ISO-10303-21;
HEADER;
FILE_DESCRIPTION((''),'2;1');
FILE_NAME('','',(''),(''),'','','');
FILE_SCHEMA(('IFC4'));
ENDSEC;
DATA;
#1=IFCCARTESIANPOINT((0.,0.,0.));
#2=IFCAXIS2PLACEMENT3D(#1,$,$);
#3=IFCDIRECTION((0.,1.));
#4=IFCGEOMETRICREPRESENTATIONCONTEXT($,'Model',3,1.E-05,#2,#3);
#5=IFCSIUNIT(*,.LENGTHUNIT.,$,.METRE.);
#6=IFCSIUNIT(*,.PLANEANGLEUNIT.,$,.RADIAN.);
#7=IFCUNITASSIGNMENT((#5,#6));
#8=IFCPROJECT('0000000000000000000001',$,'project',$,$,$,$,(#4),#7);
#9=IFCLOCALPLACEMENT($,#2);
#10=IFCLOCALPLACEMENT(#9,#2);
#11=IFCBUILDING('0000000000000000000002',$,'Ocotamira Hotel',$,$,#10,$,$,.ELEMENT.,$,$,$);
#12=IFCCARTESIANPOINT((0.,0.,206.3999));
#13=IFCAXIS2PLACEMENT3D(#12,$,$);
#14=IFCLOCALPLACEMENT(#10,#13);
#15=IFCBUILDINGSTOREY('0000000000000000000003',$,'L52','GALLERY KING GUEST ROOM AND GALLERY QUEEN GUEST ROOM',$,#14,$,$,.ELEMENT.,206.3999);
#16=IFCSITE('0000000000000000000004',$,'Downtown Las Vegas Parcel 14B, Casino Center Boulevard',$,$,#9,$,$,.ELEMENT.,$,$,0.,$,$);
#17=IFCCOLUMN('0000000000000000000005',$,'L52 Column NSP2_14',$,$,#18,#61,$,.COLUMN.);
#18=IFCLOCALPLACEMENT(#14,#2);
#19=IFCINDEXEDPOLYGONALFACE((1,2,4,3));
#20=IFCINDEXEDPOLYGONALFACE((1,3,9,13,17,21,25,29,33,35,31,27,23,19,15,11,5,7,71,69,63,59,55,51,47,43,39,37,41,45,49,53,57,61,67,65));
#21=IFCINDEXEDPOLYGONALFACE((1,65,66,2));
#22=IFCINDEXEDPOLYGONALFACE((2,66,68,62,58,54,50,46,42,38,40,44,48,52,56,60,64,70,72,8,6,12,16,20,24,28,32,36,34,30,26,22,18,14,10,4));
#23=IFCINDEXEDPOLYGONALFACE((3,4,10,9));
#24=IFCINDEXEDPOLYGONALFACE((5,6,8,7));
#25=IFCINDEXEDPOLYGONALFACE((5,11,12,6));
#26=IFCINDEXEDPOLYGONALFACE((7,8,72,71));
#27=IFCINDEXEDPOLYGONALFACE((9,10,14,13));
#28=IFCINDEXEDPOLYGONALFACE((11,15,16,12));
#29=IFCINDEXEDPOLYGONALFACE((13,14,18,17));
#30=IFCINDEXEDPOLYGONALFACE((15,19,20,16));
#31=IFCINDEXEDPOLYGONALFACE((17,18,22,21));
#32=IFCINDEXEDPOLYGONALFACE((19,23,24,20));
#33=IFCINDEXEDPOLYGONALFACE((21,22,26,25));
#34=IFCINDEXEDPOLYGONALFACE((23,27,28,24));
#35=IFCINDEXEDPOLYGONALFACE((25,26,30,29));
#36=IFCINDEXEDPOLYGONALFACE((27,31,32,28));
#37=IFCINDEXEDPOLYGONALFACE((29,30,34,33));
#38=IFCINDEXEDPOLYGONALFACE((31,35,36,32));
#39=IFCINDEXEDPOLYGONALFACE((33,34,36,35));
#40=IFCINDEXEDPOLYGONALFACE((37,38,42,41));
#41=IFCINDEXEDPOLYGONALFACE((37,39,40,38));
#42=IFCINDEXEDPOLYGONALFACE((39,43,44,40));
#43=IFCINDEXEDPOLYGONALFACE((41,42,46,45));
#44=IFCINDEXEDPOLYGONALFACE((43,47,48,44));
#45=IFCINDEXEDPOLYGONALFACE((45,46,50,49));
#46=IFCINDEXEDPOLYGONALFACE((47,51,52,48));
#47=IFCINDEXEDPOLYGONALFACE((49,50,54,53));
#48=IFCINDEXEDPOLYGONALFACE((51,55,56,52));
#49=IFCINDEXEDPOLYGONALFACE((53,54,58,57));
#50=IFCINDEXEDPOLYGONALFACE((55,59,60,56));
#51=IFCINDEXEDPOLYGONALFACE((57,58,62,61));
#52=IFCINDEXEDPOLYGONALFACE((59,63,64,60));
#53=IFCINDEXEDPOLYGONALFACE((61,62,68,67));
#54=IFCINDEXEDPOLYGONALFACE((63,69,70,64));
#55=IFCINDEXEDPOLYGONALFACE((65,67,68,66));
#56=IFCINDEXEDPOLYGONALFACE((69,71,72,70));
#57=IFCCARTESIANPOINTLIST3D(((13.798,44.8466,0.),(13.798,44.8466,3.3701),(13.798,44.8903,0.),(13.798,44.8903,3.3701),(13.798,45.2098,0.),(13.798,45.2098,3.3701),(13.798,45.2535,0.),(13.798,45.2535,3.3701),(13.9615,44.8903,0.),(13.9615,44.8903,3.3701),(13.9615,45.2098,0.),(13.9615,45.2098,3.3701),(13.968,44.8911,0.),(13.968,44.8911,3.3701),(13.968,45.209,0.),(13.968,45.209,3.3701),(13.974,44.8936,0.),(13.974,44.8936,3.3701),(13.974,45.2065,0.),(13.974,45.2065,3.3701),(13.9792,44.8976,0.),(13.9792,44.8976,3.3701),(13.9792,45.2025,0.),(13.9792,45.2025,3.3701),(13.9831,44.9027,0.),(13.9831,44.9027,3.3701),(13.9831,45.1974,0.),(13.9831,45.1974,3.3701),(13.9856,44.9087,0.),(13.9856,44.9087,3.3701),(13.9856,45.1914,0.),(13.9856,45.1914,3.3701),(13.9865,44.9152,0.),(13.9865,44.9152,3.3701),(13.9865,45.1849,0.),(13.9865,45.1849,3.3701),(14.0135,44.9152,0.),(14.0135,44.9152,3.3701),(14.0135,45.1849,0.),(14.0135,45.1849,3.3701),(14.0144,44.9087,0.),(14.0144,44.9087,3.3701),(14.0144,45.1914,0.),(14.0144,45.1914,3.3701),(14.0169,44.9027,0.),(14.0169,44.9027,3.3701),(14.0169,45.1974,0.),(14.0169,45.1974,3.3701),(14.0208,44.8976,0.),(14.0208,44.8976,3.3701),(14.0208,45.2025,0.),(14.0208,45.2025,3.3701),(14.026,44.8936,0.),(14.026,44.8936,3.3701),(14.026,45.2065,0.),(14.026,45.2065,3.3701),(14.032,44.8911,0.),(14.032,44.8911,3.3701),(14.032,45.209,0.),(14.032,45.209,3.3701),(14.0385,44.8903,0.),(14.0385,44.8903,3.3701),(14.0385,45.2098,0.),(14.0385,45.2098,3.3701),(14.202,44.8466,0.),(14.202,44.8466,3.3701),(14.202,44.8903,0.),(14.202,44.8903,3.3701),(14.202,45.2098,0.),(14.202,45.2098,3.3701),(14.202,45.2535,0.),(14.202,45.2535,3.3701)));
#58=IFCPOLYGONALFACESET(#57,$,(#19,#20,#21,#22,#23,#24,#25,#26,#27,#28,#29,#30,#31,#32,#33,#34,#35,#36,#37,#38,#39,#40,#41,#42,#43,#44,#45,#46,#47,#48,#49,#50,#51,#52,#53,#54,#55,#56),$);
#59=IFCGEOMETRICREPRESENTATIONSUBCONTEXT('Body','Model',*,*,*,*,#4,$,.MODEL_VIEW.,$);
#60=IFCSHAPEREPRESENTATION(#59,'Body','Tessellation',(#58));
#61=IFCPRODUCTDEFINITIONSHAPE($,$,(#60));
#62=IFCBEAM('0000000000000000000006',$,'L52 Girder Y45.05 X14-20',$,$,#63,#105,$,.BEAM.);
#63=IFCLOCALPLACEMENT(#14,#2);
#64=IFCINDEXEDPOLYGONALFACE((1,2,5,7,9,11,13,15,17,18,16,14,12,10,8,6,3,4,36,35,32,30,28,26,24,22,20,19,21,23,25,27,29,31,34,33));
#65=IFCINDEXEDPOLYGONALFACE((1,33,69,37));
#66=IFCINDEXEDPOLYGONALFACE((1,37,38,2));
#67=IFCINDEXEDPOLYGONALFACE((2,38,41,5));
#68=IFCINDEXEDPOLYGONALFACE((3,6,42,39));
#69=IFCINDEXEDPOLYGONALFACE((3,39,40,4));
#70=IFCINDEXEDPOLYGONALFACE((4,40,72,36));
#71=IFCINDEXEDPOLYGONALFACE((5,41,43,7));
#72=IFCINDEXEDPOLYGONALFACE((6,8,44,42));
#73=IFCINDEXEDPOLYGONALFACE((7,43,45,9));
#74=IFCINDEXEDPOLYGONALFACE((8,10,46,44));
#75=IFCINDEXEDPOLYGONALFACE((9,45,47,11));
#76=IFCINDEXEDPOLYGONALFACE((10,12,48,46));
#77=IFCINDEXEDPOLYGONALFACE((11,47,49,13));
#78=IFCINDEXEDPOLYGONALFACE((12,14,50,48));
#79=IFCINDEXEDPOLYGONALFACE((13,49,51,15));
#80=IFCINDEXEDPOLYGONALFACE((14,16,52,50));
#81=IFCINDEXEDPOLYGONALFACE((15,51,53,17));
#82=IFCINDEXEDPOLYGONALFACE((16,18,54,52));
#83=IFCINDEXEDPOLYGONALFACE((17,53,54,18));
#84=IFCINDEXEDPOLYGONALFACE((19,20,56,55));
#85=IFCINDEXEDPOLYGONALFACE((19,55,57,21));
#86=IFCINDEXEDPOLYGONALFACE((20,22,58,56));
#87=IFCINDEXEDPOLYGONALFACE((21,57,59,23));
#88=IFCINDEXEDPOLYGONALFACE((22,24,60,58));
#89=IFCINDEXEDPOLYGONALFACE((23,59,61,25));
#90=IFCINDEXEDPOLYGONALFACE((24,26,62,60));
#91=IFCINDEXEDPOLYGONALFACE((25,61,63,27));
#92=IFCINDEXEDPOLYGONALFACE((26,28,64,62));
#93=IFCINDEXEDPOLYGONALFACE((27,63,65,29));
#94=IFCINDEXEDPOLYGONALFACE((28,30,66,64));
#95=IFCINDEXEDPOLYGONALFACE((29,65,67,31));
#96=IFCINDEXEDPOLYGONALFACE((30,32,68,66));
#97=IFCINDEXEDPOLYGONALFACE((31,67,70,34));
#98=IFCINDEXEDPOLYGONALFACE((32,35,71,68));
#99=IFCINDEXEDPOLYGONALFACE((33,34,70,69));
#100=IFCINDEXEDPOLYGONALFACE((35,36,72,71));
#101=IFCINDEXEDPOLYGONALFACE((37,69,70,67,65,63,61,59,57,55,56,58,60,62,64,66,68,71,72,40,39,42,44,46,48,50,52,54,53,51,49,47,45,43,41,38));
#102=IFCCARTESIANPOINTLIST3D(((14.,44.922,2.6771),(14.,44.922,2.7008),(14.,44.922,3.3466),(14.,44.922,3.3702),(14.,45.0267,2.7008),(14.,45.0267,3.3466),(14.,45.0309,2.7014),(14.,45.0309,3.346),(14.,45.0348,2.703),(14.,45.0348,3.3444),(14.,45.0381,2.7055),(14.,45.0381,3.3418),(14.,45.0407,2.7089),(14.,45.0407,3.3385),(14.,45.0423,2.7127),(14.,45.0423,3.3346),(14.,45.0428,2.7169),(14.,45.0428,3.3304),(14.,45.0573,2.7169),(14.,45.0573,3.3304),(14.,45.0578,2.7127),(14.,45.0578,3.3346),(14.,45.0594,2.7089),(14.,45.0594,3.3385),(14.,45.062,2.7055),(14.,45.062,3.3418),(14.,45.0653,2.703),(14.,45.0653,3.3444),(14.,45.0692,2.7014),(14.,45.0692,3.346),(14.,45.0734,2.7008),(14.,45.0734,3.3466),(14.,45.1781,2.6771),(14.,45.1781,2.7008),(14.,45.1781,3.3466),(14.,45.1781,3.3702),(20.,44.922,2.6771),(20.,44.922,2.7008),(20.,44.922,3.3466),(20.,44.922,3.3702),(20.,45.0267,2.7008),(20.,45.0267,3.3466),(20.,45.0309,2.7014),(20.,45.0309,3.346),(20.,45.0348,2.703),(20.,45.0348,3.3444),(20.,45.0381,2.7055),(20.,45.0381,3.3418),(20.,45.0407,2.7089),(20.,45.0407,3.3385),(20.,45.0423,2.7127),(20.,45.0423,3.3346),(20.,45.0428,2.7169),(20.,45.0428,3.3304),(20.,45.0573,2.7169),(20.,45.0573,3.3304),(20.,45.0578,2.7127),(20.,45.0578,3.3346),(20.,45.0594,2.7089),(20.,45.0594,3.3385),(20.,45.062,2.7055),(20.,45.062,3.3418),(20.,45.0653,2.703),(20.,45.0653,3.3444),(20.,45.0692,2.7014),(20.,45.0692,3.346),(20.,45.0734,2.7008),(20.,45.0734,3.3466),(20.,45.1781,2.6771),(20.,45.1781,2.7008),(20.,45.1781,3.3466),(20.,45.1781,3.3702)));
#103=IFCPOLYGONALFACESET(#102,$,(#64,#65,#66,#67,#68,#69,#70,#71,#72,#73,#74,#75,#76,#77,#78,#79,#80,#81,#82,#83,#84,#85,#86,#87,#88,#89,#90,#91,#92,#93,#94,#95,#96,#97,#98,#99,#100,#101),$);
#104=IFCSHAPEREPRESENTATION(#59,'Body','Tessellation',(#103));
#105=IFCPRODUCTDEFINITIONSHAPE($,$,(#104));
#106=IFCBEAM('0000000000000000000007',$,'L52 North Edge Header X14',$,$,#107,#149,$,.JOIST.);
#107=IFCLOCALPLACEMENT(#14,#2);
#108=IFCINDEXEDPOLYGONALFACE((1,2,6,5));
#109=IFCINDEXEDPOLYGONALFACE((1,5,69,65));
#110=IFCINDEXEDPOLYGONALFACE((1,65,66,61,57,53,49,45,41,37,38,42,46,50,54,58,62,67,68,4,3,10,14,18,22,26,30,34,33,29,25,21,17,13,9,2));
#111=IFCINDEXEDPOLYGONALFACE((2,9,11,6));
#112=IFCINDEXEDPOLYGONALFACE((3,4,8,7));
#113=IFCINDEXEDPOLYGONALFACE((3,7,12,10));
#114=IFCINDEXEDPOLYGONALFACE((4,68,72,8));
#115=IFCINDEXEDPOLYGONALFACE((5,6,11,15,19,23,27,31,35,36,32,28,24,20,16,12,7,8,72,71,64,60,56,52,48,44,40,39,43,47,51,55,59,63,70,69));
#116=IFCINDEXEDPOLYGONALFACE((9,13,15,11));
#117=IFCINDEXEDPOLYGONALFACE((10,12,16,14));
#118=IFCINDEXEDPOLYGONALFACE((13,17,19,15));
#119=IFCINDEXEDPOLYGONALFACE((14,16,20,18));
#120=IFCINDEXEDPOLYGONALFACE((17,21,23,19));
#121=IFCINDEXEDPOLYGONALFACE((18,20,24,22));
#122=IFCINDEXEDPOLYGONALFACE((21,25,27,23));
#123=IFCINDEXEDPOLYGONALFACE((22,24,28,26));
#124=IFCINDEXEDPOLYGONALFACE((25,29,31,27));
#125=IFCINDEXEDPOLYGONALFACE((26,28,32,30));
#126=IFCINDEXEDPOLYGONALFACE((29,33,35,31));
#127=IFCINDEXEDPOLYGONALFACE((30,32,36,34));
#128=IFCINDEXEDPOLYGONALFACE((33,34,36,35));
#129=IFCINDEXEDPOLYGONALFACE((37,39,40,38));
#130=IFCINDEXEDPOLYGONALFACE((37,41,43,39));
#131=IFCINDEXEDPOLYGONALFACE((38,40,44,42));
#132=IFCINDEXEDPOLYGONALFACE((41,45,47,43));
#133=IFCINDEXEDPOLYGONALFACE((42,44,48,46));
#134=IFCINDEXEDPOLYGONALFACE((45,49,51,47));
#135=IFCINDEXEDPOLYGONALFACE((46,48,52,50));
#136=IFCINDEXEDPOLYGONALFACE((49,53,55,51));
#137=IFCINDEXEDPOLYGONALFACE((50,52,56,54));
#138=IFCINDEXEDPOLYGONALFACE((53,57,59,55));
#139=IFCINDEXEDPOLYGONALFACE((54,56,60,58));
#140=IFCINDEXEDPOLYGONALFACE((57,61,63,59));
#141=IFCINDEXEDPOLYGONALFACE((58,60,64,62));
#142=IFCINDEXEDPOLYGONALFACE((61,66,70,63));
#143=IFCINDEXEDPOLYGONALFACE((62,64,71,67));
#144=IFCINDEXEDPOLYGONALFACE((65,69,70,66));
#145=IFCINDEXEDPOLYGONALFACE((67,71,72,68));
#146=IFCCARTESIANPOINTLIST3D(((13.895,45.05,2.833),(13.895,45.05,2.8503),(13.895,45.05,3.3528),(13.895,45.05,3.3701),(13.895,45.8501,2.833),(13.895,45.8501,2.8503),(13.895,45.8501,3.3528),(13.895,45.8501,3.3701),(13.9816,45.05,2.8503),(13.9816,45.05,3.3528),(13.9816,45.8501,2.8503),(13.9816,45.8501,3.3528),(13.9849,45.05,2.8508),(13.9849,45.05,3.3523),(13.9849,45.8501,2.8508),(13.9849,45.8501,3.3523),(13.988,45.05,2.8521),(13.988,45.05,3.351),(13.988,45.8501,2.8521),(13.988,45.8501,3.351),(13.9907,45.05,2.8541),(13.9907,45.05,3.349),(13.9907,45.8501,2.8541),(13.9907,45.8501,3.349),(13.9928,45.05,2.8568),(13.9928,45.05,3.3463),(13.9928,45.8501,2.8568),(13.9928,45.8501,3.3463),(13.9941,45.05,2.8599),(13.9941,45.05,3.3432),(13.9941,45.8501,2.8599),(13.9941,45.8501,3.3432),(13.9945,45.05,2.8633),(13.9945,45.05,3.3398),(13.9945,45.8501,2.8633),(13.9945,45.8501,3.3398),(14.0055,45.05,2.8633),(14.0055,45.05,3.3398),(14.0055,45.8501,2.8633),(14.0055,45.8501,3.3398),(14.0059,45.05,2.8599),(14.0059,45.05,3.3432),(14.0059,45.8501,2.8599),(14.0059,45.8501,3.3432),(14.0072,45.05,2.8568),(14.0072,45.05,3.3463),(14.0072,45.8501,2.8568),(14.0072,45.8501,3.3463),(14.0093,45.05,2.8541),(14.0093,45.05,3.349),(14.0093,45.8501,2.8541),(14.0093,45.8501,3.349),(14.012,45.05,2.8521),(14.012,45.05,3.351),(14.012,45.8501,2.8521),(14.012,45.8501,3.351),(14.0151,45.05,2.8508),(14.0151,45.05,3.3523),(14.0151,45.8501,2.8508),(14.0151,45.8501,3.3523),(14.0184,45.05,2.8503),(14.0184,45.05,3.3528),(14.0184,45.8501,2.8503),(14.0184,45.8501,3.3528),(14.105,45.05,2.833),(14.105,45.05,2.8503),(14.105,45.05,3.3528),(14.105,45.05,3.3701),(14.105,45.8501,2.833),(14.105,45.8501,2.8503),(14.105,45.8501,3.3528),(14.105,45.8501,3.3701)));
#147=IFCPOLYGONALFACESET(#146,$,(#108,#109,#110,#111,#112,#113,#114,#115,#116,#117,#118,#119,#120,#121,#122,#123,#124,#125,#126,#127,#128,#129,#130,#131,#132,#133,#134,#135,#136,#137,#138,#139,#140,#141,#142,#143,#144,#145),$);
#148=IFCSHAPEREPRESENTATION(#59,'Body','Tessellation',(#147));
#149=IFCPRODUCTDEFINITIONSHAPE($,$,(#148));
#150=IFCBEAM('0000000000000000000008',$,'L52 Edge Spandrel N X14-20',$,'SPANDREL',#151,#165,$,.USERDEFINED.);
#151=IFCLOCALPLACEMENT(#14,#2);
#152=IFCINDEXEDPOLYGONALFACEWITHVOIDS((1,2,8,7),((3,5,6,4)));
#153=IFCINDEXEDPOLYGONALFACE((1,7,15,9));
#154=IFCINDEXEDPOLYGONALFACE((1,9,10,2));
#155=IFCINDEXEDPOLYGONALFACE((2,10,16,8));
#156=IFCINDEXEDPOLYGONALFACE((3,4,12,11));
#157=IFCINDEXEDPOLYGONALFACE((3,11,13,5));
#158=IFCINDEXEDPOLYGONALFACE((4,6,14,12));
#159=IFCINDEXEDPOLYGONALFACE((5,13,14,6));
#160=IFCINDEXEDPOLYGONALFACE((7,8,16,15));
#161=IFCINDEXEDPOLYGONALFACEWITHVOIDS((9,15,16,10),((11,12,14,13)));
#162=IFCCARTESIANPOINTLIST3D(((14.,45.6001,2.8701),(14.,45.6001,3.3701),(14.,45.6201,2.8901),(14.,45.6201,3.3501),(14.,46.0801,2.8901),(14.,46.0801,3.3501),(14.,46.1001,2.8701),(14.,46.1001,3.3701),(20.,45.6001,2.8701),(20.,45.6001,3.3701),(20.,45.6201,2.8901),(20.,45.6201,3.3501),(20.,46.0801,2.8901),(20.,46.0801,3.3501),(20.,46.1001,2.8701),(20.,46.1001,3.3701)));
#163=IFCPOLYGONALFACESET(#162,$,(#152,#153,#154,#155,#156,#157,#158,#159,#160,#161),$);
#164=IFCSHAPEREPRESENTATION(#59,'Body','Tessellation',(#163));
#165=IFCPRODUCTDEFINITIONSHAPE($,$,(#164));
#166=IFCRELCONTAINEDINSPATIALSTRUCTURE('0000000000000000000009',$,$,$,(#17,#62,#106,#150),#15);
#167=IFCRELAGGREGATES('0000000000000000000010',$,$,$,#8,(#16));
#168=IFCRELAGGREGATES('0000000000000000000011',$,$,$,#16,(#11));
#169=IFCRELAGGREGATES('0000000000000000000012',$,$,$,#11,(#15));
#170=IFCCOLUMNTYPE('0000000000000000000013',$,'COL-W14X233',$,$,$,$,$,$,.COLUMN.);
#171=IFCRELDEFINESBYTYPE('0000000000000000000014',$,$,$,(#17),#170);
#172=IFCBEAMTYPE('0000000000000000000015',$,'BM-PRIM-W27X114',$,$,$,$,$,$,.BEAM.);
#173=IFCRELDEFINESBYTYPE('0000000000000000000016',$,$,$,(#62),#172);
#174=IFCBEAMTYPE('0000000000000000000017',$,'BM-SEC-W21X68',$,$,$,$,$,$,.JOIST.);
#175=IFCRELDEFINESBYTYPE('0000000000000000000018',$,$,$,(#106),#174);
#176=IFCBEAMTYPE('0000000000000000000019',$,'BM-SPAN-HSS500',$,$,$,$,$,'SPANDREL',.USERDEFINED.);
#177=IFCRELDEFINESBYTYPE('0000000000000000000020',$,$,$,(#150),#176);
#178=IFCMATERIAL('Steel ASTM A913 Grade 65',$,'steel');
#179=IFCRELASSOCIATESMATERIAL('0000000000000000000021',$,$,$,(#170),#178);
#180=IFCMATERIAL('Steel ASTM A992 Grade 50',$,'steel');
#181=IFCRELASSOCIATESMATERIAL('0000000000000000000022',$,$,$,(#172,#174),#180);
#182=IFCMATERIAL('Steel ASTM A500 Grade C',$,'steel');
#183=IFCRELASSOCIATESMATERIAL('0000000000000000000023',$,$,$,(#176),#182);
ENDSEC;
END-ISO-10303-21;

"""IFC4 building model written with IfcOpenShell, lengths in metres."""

from ifc_helpers import new_model, si_unit, direction, frame, origin, origin_2d, place, context, subcontext, project, spatial, hollow_rectangle, i_section, extrude, source, transform, mapped, material, material_profile, profile_set, type_object, element, save


model = new_model("IFC4")

# Units and contexts
model_context = context("Model", 3, precision=1e-05, world=origin(), true_north=direction((0.0, 1.0)))
body_context = subcontext(model_context, "Body", "Model", "MODEL_VIEW")
ifc_project = project(units=[si_unit("LENGTHUNIT", "METRE"), si_unit("PLANEANGLEUNIT", "RADIAN")], contexts=[model_context])

# Site, building, storey
site_placement = place(None, origin())
site = spatial("IfcSite", under=ifc_project, at=site_placement, Name="Downtown Las Vegas Parcel 14B, Casino Center Boulevard", CompositionType="ELEMENT", RefElevation=0.0)
building_placement = place(site_placement, origin())
building = spatial("IfcBuilding", under=site, at=building_placement, Name="Ocotamira Hotel", CompositionType="ELEMENT")
storey_placement = place(building_placement, frame((0.0, 0.0, 206.3999)))
storey = spatial("IfcBuildingStorey", under=building, at=storey_placement, Name="L52", Description="GALLERY KING GUEST ROOM AND GALLERY QUEEN GUEST ROOM", CompositionType="ELEMENT", Elevation=206.3999)

# Column
ifc_material_1 = material(Name="Steel ASTM A913 Grade 65", Category="steel")
ifc_material_profile_1 = material_profile(ifc_material_1, i_section(OverallWidth=0.4041, OverallDepth=0.407, WebThickness=0.0271, FlangeThickness=0.0437, FilletRadius=0.0249, at=origin_2d()), Name="W14X233")
ifc_profile_set_1 = profile_set([ifc_material_profile_1], Name="Steel ASTM A913 Grade 65")
column_type = type_object("IfcColumnType", Name="COL-W14X233", PredefinedType="COLUMN", material=ifc_profile_set_1)
shared_shape_1 = source(origin(), body_context, "Body", "SweptSolid", [
    extrude(i_section(OverallWidth=0.4041, OverallDepth=0.407, WebThickness=0.0271, FlangeThickness=0.0437, FilletRadius=0.0249, at=origin_2d()), origin(), (0.0, 0.0, 1.0), 3.3701),
])
column_placement = place(storey_placement, frame((14.0, 45.05, 0.0), z_axis=(0.0, 0.0, 1.0), x_axis=(1.0, 0.0, 0.0)))
element("IfcColumn", 1, at=column_placement, inside=storey, type_object=column_type, Name="L52 Column NSP2_14", PredefinedType="COLUMN", context=body_context, shape_type="MappedRepresentation", body=[
    mapped(shared_shape_1, transform((0.0, 0.0, 0.0), scale=1.0)),
])

# Beams
ifc_material_2 = material(Name="Steel ASTM A992 Grade 50", Category="steel")
ifc_material_profile_2 = material_profile(ifc_material_2, i_section(OverallWidth=0.2561, OverallDepth=0.6931, WebThickness=0.0144, FlangeThickness=0.0237, FilletRadius=0.0161, at=origin_2d()), Name="W27X114")
ifc_profile_set_2 = profile_set([ifc_material_profile_2], Name="Steel ASTM A992 Grade 50")
beam_type_1 = type_object("IfcBeamType", Name="BM-PRIM-W27X114", PredefinedType="BEAM", material=ifc_profile_set_2)
shared_shape_2 = source(origin(), body_context, "Body", "SweptSolid", [
    extrude(i_section(OverallWidth=0.2561, OverallDepth=0.6931, WebThickness=0.0144, FlangeThickness=0.0237, FilletRadius=0.0161, at=origin_2d()), origin(), (0.0, 0.0, 1.0), 6.0),
])
beam_1_placement = place(storey_placement, frame((14.0, 45.05, 3.0237), z_axis=(1.0, 0.0, 0.0), x_axis=(0.0, 1.0, 0.0)))
element("IfcBeam", 2, at=beam_1_placement, inside=storey, type_object=beam_type_1, Name="L52 Girder Y45.05 X14-20", PredefinedType="BEAM", context=body_context, shape_type="MappedRepresentation", body=[
    mapped(shared_shape_2, transform((0.0, 0.0, 0.0), scale=1.0)),
])
ifc_material_profile_3 = material_profile(ifc_material_2, i_section(OverallWidth=0.21, OverallDepth=0.5371, WebThickness=0.011, FlangeThickness=0.0173, FilletRadius=0.0129, at=origin_2d()), Name="W21X68")
ifc_profile_set_3 = profile_set([ifc_material_profile_3], Name="Steel ASTM A992 Grade 50")
beam_type_2 = type_object("IfcBeamType", Name="BM-SEC-W21X68", PredefinedType="JOIST", material=ifc_profile_set_3)
shared_shape_3 = source(origin(), body_context, "Body", "SweptSolid", [
    extrude(i_section(OverallWidth=0.21, OverallDepth=0.5371, WebThickness=0.011, FlangeThickness=0.0173, FilletRadius=0.0129, at=origin_2d()), origin(), (0.0, 0.0, 1.0), 0.8),
])
beam_2_placement = place(storey_placement, frame((14.0, 45.05, 3.1016), z_axis=(0.0, 1.0, 0.0), x_axis=(-1.0, 0.0, 0.0)))
element("IfcBeam", 3, at=beam_2_placement, inside=storey, type_object=beam_type_2, Name="L52 North Edge Header X14", PredefinedType="JOIST", context=body_context, shape_type="MappedRepresentation", body=[
    mapped(shared_shape_3, transform((0.0, 0.0, 0.0), scale=1.0)),
])
ifc_material_3 = material(Name="Steel ASTM A500 Grade C", Category="steel")
ifc_material_profile_4 = material_profile(ifc_material_3, hollow_rectangle(XDim=0.5, YDim=0.5, WallThickness=0.02, at=origin_2d()), Name="HSS500X500X20")
ifc_profile_set_4 = profile_set([ifc_material_profile_4], Name="Steel ASTM A500 Grade C")
beam_type_3 = type_object("IfcBeamType", Name="BM-SPAN-HSS500", ElementType="SPANDREL", PredefinedType="USERDEFINED", material=ifc_profile_set_4)
shared_shape_4 = source(origin(), body_context, "Body", "SweptSolid", [
    extrude(hollow_rectangle(XDim=0.5, YDim=0.5, WallThickness=0.02, at=origin_2d()), origin(), (0.0, 0.0, 1.0), 6.0),
])
beam_3_placement = place(storey_placement, frame((14.0, 45.8501, 3.1201), z_axis=(1.0, 0.0, 0.0), x_axis=(0.0, 1.0, 0.0)))
element("IfcBeam", 4, at=beam_3_placement, inside=storey, type_object=beam_type_3, Name="L52 Edge Spandrel N X14-20", ObjectType="SPANDREL", PredefinedType="USERDEFINED", context=body_context, shape_type="MappedRepresentation", body=[
    mapped(shared_shape_4, transform((0.0, 0.0, 0.0), scale=1.0)),
])

save(model, "model.ifc")
